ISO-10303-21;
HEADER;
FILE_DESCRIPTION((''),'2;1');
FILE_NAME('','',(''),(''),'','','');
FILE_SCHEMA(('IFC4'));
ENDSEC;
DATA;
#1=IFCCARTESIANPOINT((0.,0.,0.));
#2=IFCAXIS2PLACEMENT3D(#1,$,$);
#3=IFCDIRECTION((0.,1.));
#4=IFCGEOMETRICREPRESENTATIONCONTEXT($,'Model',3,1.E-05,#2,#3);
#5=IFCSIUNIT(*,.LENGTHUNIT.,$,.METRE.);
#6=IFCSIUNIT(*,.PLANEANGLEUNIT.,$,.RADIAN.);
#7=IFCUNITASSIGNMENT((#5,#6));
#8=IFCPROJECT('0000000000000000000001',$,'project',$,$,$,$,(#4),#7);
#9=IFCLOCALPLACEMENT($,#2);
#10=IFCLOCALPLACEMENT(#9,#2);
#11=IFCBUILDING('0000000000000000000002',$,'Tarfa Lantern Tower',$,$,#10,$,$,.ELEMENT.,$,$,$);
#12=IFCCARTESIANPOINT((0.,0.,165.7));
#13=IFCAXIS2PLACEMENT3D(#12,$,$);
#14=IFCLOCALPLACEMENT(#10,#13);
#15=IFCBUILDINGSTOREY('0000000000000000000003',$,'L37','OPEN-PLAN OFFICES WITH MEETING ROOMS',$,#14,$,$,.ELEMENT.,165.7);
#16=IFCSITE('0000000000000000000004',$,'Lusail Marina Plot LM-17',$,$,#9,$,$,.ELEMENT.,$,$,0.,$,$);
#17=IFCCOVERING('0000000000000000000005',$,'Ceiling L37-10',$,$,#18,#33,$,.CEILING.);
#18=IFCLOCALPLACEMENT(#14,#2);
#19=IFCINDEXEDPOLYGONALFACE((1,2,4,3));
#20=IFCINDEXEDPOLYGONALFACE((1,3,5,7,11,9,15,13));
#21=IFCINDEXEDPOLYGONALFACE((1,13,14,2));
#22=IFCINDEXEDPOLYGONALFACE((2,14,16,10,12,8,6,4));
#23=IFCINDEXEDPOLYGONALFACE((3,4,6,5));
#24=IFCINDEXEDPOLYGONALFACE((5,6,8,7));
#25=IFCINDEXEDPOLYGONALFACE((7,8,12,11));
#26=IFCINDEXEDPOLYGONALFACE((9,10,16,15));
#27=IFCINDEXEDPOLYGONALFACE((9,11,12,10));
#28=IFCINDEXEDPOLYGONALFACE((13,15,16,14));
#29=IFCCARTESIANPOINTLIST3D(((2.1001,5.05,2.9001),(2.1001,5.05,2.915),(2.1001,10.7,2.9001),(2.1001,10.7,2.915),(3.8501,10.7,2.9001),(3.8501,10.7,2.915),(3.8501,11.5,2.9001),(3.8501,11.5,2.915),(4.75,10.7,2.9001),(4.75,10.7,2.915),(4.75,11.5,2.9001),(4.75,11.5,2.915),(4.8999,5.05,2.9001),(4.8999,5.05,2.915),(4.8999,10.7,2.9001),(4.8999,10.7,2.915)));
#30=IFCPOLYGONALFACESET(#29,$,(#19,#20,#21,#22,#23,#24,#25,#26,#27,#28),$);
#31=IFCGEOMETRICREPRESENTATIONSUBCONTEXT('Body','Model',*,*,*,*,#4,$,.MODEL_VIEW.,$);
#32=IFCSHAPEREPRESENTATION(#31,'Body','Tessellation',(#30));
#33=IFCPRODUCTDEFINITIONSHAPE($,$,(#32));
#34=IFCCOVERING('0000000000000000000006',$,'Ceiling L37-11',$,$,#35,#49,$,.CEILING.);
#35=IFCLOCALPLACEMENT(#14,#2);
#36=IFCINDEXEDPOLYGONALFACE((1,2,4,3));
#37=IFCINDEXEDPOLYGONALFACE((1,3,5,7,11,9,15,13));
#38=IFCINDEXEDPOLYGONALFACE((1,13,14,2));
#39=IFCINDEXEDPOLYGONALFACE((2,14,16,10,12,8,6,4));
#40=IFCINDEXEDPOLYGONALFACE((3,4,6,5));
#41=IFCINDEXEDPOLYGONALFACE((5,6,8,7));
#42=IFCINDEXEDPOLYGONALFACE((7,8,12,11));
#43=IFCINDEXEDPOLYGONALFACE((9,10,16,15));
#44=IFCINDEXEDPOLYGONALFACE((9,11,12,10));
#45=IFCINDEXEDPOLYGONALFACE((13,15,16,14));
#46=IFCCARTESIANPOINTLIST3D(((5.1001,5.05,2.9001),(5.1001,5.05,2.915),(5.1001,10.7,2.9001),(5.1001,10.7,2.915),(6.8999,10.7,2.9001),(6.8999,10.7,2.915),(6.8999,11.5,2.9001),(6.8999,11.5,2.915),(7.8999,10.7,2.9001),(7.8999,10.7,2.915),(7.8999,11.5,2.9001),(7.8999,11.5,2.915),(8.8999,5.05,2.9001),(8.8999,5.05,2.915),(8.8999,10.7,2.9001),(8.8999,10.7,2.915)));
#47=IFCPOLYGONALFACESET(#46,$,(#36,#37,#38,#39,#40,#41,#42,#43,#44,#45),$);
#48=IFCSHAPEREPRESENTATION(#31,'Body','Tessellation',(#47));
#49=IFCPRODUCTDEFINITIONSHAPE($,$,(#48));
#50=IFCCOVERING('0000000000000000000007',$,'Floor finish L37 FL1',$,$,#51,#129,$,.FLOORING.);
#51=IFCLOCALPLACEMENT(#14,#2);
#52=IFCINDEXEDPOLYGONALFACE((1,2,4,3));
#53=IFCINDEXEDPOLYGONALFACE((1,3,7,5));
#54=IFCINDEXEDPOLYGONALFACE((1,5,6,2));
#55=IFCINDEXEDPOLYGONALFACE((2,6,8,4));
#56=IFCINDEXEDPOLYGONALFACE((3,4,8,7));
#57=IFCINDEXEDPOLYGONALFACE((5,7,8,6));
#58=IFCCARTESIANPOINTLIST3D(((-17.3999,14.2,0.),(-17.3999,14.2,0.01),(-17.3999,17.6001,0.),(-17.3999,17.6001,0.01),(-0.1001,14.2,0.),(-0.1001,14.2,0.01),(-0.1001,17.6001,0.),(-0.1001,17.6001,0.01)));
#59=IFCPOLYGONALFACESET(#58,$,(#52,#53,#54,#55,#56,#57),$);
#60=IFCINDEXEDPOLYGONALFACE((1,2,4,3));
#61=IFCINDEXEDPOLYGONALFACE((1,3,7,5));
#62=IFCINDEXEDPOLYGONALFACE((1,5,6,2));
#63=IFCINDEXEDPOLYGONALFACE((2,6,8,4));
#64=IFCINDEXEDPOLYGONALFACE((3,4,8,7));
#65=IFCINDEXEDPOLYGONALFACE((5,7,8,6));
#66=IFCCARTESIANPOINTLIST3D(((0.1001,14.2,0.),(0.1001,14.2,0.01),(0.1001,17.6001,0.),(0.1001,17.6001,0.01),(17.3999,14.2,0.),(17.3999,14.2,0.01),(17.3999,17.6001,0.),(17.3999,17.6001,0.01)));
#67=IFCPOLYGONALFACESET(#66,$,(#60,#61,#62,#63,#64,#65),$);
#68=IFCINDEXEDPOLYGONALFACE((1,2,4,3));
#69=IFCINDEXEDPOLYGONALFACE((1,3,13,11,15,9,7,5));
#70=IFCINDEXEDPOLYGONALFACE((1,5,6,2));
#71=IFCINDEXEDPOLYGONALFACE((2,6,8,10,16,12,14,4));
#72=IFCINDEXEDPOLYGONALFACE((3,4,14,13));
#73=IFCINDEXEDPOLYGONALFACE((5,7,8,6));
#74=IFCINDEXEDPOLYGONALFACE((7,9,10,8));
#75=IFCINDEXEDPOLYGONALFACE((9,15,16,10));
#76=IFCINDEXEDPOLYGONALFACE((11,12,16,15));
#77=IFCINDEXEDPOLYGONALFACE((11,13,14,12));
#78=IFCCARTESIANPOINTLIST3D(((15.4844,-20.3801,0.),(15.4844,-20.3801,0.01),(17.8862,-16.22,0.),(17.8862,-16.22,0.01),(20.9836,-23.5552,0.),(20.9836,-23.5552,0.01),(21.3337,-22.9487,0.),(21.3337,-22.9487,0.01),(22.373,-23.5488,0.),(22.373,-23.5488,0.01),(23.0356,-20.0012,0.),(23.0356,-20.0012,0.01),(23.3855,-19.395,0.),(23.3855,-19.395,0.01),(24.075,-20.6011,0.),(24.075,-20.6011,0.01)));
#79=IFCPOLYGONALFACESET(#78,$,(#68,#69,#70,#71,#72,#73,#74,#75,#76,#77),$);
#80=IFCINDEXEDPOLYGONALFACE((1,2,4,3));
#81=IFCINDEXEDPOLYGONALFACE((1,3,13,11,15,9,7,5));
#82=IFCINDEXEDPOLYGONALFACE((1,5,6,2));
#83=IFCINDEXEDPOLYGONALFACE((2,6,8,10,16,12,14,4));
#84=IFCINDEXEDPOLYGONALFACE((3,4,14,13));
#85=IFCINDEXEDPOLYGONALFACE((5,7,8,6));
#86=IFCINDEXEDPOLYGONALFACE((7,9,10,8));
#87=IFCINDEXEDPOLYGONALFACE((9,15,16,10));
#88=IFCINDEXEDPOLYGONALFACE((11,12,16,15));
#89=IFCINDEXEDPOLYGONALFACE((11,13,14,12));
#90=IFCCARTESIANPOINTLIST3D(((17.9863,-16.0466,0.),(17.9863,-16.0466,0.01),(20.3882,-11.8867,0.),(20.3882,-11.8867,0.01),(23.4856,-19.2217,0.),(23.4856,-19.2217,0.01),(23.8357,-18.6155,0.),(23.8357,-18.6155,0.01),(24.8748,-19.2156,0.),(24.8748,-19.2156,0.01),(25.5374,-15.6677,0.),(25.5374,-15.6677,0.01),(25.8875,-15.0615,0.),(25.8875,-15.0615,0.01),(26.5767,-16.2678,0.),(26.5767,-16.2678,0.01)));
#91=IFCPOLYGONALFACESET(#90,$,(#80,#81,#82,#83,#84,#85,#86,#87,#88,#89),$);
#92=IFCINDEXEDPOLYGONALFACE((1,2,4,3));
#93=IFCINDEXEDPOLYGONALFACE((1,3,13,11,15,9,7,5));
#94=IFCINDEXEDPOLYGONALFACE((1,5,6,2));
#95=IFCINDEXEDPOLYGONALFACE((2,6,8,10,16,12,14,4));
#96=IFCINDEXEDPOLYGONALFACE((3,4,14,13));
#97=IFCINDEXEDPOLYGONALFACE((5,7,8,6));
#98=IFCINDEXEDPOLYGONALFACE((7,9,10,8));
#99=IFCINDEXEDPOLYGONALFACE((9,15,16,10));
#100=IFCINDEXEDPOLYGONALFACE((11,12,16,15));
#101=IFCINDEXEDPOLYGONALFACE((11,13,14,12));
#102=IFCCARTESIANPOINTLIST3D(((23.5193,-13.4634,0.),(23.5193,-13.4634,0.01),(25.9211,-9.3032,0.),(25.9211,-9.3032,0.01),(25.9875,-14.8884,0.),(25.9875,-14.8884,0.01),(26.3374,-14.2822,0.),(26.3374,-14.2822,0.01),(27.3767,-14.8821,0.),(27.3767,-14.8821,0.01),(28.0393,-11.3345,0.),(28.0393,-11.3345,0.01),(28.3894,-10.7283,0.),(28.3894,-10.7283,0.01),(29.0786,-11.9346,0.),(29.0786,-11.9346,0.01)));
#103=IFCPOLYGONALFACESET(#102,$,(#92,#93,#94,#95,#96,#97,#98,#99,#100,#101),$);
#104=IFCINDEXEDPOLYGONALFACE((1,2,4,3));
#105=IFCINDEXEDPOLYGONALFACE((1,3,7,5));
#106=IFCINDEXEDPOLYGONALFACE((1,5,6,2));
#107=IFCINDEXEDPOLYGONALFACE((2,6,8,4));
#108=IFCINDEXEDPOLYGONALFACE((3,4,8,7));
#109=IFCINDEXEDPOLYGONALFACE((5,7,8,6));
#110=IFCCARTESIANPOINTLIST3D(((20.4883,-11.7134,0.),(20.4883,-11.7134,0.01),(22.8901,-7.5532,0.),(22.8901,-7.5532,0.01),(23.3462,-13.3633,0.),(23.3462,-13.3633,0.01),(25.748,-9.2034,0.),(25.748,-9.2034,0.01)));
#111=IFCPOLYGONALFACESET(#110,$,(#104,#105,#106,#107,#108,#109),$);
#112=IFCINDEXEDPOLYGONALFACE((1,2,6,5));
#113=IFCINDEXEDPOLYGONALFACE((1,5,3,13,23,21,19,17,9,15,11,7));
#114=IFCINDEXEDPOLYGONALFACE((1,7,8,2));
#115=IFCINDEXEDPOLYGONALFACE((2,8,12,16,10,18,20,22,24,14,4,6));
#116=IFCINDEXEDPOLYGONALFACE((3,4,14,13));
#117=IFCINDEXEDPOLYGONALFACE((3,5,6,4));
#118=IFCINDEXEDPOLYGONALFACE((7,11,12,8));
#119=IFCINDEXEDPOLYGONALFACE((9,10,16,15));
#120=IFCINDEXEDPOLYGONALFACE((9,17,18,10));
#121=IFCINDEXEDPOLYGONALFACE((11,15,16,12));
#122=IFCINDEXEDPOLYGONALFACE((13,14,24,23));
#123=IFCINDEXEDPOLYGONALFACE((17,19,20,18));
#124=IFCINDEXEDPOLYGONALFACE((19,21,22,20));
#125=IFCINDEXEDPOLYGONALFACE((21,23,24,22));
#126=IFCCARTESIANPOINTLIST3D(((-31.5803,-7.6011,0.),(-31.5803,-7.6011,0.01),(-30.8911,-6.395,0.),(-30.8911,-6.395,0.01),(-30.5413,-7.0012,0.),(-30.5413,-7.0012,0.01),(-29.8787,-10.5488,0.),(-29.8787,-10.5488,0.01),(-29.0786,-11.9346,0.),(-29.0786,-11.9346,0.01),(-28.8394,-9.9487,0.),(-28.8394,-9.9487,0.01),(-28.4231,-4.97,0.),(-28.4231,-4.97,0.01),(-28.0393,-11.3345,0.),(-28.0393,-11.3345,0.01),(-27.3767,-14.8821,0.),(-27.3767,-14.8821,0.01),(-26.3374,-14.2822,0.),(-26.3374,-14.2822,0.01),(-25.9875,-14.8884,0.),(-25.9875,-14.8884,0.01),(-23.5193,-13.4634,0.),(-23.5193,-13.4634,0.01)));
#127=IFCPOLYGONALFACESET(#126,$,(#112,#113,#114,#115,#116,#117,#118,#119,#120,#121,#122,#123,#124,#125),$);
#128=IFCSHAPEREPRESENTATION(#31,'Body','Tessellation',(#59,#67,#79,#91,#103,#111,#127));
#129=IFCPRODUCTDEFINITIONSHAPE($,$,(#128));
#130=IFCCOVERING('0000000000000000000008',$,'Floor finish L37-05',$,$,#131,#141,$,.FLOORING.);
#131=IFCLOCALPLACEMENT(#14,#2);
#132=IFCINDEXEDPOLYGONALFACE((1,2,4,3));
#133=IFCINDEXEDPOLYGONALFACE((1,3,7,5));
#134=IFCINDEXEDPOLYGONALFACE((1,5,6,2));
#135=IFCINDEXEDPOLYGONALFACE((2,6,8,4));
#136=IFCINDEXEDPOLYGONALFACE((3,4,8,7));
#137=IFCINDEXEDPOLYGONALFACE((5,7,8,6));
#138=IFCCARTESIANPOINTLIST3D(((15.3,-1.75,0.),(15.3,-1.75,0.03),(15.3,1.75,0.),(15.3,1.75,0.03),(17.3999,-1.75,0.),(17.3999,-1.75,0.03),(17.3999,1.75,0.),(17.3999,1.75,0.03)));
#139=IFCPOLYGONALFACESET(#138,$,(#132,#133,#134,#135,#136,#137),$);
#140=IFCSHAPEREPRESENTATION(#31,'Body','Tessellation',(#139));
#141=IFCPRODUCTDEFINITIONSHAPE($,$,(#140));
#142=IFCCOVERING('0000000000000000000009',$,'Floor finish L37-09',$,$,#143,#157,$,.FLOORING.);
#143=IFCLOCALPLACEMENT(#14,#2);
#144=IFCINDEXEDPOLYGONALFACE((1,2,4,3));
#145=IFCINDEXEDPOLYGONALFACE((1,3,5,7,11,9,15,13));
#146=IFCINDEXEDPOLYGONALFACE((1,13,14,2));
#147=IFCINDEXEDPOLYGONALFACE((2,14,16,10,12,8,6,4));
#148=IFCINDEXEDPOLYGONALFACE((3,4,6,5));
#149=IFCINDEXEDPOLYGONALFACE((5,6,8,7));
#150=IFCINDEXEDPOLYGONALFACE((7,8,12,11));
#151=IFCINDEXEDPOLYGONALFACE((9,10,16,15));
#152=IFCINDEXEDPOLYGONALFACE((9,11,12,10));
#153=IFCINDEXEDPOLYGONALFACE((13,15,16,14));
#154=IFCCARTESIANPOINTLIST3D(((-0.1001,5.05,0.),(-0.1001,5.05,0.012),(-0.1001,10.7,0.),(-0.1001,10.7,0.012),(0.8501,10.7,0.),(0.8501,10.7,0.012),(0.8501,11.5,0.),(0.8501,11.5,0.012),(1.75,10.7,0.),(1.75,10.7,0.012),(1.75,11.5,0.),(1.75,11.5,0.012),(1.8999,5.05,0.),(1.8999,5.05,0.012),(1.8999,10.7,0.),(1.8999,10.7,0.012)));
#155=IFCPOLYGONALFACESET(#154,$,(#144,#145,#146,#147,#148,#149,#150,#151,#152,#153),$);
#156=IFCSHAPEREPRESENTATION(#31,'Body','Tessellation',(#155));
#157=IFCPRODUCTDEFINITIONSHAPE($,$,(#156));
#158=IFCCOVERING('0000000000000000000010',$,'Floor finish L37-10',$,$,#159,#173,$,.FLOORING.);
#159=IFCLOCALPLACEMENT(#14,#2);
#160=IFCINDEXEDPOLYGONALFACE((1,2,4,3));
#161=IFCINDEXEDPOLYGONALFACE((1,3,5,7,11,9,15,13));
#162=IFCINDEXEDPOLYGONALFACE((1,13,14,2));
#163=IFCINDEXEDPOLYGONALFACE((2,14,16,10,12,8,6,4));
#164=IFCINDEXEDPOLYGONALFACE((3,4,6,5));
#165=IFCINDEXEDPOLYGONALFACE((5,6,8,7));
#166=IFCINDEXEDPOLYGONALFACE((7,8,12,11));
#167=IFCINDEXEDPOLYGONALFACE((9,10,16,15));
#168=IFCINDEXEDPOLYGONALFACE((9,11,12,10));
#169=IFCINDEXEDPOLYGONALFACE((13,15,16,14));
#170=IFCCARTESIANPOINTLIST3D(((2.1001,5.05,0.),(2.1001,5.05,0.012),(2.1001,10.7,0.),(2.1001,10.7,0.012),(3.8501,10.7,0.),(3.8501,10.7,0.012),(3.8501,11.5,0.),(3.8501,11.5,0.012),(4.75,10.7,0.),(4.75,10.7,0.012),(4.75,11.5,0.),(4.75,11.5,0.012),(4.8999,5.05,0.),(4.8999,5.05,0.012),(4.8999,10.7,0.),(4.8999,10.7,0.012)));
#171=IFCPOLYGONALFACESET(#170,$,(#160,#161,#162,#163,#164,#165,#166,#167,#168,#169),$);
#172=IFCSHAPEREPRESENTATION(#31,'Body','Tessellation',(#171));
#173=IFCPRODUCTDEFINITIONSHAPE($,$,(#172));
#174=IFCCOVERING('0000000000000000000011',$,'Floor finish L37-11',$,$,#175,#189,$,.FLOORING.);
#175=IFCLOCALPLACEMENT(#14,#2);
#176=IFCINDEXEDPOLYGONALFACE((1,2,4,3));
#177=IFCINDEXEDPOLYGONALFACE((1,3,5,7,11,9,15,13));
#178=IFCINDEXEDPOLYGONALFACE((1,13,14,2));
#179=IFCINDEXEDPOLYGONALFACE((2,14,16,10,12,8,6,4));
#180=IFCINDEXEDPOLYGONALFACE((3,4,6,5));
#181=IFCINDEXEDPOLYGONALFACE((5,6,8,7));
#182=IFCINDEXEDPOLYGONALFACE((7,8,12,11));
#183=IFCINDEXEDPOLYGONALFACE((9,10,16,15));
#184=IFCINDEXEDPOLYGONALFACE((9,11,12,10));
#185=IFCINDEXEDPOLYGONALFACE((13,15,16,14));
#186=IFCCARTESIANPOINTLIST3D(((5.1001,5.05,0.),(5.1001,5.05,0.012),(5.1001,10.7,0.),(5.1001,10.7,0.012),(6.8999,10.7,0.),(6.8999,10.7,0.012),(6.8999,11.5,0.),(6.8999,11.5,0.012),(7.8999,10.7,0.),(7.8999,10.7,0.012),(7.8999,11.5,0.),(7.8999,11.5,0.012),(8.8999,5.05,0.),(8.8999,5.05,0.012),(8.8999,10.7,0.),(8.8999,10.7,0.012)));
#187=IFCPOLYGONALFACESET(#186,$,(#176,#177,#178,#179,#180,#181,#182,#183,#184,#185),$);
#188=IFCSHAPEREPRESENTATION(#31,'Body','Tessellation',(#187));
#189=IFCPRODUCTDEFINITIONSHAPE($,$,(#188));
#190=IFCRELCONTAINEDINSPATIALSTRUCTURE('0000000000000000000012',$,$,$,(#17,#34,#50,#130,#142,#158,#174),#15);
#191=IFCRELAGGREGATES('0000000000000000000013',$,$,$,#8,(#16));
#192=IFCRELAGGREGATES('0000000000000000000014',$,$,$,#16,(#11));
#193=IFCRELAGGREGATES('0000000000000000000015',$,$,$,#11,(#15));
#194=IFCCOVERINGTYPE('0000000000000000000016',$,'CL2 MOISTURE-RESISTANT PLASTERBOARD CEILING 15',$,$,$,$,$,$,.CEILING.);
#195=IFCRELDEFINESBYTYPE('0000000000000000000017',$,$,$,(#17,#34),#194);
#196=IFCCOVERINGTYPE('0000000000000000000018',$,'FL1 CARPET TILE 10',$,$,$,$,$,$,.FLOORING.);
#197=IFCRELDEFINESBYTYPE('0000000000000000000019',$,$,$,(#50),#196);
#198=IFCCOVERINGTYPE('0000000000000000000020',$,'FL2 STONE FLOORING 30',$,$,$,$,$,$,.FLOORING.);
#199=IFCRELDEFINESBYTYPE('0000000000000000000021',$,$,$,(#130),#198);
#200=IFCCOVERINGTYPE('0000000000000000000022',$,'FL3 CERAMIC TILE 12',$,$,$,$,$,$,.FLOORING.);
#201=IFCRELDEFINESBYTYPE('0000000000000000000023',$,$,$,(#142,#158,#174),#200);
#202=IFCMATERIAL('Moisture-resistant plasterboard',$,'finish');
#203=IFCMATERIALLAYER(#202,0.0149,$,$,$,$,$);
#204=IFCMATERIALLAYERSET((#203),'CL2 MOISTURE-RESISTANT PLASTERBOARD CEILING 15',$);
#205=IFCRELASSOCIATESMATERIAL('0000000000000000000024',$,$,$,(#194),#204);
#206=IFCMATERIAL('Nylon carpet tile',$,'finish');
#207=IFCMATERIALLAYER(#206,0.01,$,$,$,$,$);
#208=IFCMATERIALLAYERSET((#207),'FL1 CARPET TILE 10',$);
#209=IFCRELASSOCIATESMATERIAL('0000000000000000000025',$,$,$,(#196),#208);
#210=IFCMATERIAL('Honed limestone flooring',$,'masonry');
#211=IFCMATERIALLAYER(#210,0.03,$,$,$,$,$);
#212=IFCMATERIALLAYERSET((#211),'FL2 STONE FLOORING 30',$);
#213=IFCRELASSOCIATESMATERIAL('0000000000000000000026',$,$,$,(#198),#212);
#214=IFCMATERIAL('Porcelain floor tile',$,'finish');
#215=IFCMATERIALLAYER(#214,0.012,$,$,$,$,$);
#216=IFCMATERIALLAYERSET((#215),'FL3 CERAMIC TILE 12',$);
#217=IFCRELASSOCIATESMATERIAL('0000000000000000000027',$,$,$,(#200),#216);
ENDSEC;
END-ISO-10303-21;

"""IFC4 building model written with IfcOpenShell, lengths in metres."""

from ifc_helpers import new_model, si_unit, direction, frame, origin, place, context, subcontext, project, spatial, polyline, outline, extrude, material, layer, layer_set, type_object, element, save


model = new_model("IFC4")

# Units and contexts
model_context = context("Model", 3, precision=1e-05, world=origin(), true_north=direction((0.0, 1.0)))
body_context = subcontext(model_context, "Body", "Model", "MODEL_VIEW")
ifc_project = project(units=[si_unit("LENGTHUNIT", "METRE"), si_unit("PLANEANGLEUNIT", "RADIAN")], contexts=[model_context])

# Site, building, storey
site_placement = place(None, origin())
site = spatial("IfcSite", under=ifc_project, at=site_placement, Name="Lusail Marina Plot LM-17", CompositionType="ELEMENT", RefElevation=0.0)
building_placement = place(site_placement, origin())
building = spatial("IfcBuilding", under=site, at=building_placement, Name="Tarfa Lantern Tower", CompositionType="ELEMENT")
storey_placement = place(building_placement, frame((0.0, 0.0, 165.7)))
storey = spatial("IfcBuildingStorey", under=building, at=storey_placement, Name="L37", Description="OPEN-PLAN OFFICES WITH MEETING ROOMS", CompositionType="ELEMENT", Elevation=165.7)

# Coverings
ifc_material_1 = material(Name="Moisture-resistant plasterboard", Category="finish")
ifc_layer_1 = layer(ifc_material_1, 0.0149)
ifc_layer_set_1 = layer_set([ifc_layer_1], Name="CL2 MOISTURE-RESISTANT PLASTERBOARD CEILING 15")
covering_type_1 = type_object("IfcCoveringType", Name="CL2 MOISTURE-RESISTANT PLASTERBOARD CEILING 15", PredefinedType="CEILING", material=ifc_layer_set_1)
covering_1_placement = place(storey_placement, frame((0.0, 0.0, 2.9001)))
element("IfcCovering", 1, at=covering_1_placement, inside=storey, type_object=covering_type_1, Name="Ceiling L37-10", PredefinedType="CEILING", context=body_context, shape_type="SweptSolid", body=[
    extrude(outline(polyline([(2.1001, 5.05), (4.8999, 5.05), (4.8999, 10.7), (4.75, 10.7), (4.75, 11.5), (3.8501, 11.5), (3.8501, 10.7), (2.1001, 10.7), (2.1001, 5.05)])), origin(), (0.0, 0.0, 1.0), 0.0149),
])
covering_2_placement = place(storey_placement, frame((0.0, 0.0, 2.9001)))
element("IfcCovering", 2, at=covering_2_placement, inside=storey, type_object=covering_type_1, Name="Ceiling L37-11", PredefinedType="CEILING", context=body_context, shape_type="SweptSolid", body=[
    extrude(outline(polyline([(5.1001, 5.05), (8.8999, 5.05), (8.8999, 10.7), (7.8999, 10.7), (7.8999, 11.5), (6.8999, 11.5), (6.8999, 10.7), (5.1001, 10.7), (5.1001, 5.05)])), origin(), (0.0, 0.0, 1.0), 0.0149),
])
ifc_material_2 = material(Name="Nylon carpet tile", Category="finish")
ifc_layer_2 = layer(ifc_material_2, 0.01)
ifc_layer_set_2 = layer_set([ifc_layer_2], Name="FL1 CARPET TILE 10")
covering_type_2 = type_object("IfcCoveringType", Name="FL1 CARPET TILE 10", PredefinedType="FLOORING", material=ifc_layer_set_2)
covering_3_placement = place(storey_placement, origin())
element("IfcCovering", 3, at=covering_3_placement, inside=storey, type_object=covering_type_2, Name="Floor finish L37 FL1", PredefinedType="FLOORING", context=body_context, shape_type="SweptSolid", body=[
    extrude(outline(polyline([(-17.3999, 17.6001), (-0.1001, 17.6001), (-0.1001, 14.2), (-17.3999, 14.2), (-17.3999, 17.6001)])), origin(), (0.0, 0.0, 1.0), 0.01),
    extrude(outline(polyline([(0.1001, 17.6001), (17.3999, 17.6001), (17.3999, 14.2), (0.1001, 14.2), (0.1001, 17.6001)])), origin(), (0.0, 0.0, 1.0), 0.01),
    extrude(outline(polyline([(17.8862, -16.22), (23.3855, -19.395), (23.0356, -20.0012), (24.075, -20.6011), (22.373, -23.5488), (21.3337, -22.9487), (20.9836, -23.5552), (15.4844, -20.3801), (17.8862, -16.22)])), origin(), (0.0, 0.0, 1.0), 0.01),
    extrude(outline(polyline([(20.3882, -11.8867), (25.8875, -15.0615), (25.5374, -15.6677), (26.5767, -16.2678), (24.8748, -19.2156), (23.8357, -18.6155), (23.4856, -19.2217), (17.9863, -16.0466), (20.3882, -11.8867)])), origin(), (0.0, 0.0, 1.0), 0.01),
    extrude(outline(polyline([(25.9211, -9.3032), (28.3894, -10.7283), (28.0393, -11.3345), (29.0786, -11.9346), (27.3767, -14.8821), (26.3374, -14.2822), (25.9875, -14.8884), (23.5193, -13.4634), (25.9211, -9.3032)])), origin(), (0.0, 0.0, 1.0), 0.01),
    extrude(outline(polyline([(22.8901, -7.5532), (25.748, -9.2034), (23.3462, -13.3633), (20.4883, -11.7134), (22.8901, -7.5532)])), origin(), (0.0, 0.0, 1.0), 0.01),
    extrude(outline(polyline([(-23.5193, -13.4634), (-25.9875, -14.8884), (-26.3374, -14.2822), (-27.3767, -14.8821), (-29.0786, -11.9346), (-28.0393, -11.3345), (-28.8394, -9.9487), (-29.8787, -10.5488), (-31.5803, -7.6011), (-30.5413, -7.0012), (-30.8911, -6.395), (-28.4231, -4.97), (-23.5193, -13.4634)])), origin(), (0.0, 0.0, 1.0), 0.01),
])
ifc_material_3 = material(Name="Honed limestone flooring", Category="masonry")
ifc_layer_3 = layer(ifc_material_3, 0.03)
ifc_layer_set_3 = layer_set([ifc_layer_3], Name="FL2 STONE FLOORING 30")
covering_type_3 = type_object("IfcCoveringType", Name="FL2 STONE FLOORING 30", PredefinedType="FLOORING", material=ifc_layer_set_3)
covering_4_placement = place(storey_placement, origin())
element("IfcCovering", 4, at=covering_4_placement, inside=storey, type_object=covering_type_3, Name="Floor finish L37-05", PredefinedType="FLOORING", context=body_context, shape_type="SweptSolid", body=[
    extrude(outline(polyline([(15.3, -1.75), (17.3999, -1.75), (17.3999, 1.75), (15.3, 1.75), (15.3, -1.75)])), origin(), (0.0, 0.0, 1.0), 0.03),
])
ifc_material_4 = material(Name="Porcelain floor tile", Category="finish")
ifc_layer_4 = layer(ifc_material_4, 0.012)
ifc_layer_set_4 = layer_set([ifc_layer_4], Name="FL3 CERAMIC TILE 12")
covering_type_4 = type_object("IfcCoveringType", Name="FL3 CERAMIC TILE 12", PredefinedType="FLOORING", material=ifc_layer_set_4)
covering_5_placement = place(storey_placement, origin())
element("IfcCovering", 5, at=covering_5_placement, inside=storey, type_object=covering_type_4, Name="Floor finish L37-09", PredefinedType="FLOORING", context=body_context, shape_type="SweptSolid", body=[
    extrude(outline(polyline([(0.8501, 10.7), (-0.1001, 10.7), (-0.1001, 5.05), (1.8999, 5.05), (1.8999, 10.7), (1.75, 10.7), (1.75, 11.5), (1.75, 11.5), (0.8501, 11.5), (0.8501, 10.7)])), origin(), (0.0, 0.0, 1.0), 0.012),
])
covering_6_placement = place(storey_placement, origin())
element("IfcCovering", 6, at=covering_6_placement, inside=storey, type_object=covering_type_4, Name="Floor finish L37-10", PredefinedType="FLOORING", context=body_context, shape_type="SweptSolid", body=[
    extrude(outline(polyline([(2.1001, 5.05), (4.8999, 5.05), (4.8999, 10.7), (4.75, 10.7), (4.75, 11.5), (3.8501, 11.5), (3.8501, 10.7), (2.1001, 10.7), (2.1001, 5.05)])), origin(), (0.0, 0.0, 1.0), 0.012),
])
covering_7_placement = place(storey_placement, origin())
element("IfcCovering", 7, at=covering_7_placement, inside=storey, type_object=covering_type_4, Name="Floor finish L37-11", PredefinedType="FLOORING", context=body_context, shape_type="SweptSolid", body=[
    extrude(outline(polyline([(5.1001, 5.05), (8.8999, 5.05), (8.8999, 10.7), (7.8999, 10.7), (7.8999, 11.5), (6.8999, 11.5), (6.8999, 10.7), (5.1001, 10.7), (5.1001, 5.05)])), origin(), (0.0, 0.0, 1.0), 0.012),
])

save(model, "model.ifc")
